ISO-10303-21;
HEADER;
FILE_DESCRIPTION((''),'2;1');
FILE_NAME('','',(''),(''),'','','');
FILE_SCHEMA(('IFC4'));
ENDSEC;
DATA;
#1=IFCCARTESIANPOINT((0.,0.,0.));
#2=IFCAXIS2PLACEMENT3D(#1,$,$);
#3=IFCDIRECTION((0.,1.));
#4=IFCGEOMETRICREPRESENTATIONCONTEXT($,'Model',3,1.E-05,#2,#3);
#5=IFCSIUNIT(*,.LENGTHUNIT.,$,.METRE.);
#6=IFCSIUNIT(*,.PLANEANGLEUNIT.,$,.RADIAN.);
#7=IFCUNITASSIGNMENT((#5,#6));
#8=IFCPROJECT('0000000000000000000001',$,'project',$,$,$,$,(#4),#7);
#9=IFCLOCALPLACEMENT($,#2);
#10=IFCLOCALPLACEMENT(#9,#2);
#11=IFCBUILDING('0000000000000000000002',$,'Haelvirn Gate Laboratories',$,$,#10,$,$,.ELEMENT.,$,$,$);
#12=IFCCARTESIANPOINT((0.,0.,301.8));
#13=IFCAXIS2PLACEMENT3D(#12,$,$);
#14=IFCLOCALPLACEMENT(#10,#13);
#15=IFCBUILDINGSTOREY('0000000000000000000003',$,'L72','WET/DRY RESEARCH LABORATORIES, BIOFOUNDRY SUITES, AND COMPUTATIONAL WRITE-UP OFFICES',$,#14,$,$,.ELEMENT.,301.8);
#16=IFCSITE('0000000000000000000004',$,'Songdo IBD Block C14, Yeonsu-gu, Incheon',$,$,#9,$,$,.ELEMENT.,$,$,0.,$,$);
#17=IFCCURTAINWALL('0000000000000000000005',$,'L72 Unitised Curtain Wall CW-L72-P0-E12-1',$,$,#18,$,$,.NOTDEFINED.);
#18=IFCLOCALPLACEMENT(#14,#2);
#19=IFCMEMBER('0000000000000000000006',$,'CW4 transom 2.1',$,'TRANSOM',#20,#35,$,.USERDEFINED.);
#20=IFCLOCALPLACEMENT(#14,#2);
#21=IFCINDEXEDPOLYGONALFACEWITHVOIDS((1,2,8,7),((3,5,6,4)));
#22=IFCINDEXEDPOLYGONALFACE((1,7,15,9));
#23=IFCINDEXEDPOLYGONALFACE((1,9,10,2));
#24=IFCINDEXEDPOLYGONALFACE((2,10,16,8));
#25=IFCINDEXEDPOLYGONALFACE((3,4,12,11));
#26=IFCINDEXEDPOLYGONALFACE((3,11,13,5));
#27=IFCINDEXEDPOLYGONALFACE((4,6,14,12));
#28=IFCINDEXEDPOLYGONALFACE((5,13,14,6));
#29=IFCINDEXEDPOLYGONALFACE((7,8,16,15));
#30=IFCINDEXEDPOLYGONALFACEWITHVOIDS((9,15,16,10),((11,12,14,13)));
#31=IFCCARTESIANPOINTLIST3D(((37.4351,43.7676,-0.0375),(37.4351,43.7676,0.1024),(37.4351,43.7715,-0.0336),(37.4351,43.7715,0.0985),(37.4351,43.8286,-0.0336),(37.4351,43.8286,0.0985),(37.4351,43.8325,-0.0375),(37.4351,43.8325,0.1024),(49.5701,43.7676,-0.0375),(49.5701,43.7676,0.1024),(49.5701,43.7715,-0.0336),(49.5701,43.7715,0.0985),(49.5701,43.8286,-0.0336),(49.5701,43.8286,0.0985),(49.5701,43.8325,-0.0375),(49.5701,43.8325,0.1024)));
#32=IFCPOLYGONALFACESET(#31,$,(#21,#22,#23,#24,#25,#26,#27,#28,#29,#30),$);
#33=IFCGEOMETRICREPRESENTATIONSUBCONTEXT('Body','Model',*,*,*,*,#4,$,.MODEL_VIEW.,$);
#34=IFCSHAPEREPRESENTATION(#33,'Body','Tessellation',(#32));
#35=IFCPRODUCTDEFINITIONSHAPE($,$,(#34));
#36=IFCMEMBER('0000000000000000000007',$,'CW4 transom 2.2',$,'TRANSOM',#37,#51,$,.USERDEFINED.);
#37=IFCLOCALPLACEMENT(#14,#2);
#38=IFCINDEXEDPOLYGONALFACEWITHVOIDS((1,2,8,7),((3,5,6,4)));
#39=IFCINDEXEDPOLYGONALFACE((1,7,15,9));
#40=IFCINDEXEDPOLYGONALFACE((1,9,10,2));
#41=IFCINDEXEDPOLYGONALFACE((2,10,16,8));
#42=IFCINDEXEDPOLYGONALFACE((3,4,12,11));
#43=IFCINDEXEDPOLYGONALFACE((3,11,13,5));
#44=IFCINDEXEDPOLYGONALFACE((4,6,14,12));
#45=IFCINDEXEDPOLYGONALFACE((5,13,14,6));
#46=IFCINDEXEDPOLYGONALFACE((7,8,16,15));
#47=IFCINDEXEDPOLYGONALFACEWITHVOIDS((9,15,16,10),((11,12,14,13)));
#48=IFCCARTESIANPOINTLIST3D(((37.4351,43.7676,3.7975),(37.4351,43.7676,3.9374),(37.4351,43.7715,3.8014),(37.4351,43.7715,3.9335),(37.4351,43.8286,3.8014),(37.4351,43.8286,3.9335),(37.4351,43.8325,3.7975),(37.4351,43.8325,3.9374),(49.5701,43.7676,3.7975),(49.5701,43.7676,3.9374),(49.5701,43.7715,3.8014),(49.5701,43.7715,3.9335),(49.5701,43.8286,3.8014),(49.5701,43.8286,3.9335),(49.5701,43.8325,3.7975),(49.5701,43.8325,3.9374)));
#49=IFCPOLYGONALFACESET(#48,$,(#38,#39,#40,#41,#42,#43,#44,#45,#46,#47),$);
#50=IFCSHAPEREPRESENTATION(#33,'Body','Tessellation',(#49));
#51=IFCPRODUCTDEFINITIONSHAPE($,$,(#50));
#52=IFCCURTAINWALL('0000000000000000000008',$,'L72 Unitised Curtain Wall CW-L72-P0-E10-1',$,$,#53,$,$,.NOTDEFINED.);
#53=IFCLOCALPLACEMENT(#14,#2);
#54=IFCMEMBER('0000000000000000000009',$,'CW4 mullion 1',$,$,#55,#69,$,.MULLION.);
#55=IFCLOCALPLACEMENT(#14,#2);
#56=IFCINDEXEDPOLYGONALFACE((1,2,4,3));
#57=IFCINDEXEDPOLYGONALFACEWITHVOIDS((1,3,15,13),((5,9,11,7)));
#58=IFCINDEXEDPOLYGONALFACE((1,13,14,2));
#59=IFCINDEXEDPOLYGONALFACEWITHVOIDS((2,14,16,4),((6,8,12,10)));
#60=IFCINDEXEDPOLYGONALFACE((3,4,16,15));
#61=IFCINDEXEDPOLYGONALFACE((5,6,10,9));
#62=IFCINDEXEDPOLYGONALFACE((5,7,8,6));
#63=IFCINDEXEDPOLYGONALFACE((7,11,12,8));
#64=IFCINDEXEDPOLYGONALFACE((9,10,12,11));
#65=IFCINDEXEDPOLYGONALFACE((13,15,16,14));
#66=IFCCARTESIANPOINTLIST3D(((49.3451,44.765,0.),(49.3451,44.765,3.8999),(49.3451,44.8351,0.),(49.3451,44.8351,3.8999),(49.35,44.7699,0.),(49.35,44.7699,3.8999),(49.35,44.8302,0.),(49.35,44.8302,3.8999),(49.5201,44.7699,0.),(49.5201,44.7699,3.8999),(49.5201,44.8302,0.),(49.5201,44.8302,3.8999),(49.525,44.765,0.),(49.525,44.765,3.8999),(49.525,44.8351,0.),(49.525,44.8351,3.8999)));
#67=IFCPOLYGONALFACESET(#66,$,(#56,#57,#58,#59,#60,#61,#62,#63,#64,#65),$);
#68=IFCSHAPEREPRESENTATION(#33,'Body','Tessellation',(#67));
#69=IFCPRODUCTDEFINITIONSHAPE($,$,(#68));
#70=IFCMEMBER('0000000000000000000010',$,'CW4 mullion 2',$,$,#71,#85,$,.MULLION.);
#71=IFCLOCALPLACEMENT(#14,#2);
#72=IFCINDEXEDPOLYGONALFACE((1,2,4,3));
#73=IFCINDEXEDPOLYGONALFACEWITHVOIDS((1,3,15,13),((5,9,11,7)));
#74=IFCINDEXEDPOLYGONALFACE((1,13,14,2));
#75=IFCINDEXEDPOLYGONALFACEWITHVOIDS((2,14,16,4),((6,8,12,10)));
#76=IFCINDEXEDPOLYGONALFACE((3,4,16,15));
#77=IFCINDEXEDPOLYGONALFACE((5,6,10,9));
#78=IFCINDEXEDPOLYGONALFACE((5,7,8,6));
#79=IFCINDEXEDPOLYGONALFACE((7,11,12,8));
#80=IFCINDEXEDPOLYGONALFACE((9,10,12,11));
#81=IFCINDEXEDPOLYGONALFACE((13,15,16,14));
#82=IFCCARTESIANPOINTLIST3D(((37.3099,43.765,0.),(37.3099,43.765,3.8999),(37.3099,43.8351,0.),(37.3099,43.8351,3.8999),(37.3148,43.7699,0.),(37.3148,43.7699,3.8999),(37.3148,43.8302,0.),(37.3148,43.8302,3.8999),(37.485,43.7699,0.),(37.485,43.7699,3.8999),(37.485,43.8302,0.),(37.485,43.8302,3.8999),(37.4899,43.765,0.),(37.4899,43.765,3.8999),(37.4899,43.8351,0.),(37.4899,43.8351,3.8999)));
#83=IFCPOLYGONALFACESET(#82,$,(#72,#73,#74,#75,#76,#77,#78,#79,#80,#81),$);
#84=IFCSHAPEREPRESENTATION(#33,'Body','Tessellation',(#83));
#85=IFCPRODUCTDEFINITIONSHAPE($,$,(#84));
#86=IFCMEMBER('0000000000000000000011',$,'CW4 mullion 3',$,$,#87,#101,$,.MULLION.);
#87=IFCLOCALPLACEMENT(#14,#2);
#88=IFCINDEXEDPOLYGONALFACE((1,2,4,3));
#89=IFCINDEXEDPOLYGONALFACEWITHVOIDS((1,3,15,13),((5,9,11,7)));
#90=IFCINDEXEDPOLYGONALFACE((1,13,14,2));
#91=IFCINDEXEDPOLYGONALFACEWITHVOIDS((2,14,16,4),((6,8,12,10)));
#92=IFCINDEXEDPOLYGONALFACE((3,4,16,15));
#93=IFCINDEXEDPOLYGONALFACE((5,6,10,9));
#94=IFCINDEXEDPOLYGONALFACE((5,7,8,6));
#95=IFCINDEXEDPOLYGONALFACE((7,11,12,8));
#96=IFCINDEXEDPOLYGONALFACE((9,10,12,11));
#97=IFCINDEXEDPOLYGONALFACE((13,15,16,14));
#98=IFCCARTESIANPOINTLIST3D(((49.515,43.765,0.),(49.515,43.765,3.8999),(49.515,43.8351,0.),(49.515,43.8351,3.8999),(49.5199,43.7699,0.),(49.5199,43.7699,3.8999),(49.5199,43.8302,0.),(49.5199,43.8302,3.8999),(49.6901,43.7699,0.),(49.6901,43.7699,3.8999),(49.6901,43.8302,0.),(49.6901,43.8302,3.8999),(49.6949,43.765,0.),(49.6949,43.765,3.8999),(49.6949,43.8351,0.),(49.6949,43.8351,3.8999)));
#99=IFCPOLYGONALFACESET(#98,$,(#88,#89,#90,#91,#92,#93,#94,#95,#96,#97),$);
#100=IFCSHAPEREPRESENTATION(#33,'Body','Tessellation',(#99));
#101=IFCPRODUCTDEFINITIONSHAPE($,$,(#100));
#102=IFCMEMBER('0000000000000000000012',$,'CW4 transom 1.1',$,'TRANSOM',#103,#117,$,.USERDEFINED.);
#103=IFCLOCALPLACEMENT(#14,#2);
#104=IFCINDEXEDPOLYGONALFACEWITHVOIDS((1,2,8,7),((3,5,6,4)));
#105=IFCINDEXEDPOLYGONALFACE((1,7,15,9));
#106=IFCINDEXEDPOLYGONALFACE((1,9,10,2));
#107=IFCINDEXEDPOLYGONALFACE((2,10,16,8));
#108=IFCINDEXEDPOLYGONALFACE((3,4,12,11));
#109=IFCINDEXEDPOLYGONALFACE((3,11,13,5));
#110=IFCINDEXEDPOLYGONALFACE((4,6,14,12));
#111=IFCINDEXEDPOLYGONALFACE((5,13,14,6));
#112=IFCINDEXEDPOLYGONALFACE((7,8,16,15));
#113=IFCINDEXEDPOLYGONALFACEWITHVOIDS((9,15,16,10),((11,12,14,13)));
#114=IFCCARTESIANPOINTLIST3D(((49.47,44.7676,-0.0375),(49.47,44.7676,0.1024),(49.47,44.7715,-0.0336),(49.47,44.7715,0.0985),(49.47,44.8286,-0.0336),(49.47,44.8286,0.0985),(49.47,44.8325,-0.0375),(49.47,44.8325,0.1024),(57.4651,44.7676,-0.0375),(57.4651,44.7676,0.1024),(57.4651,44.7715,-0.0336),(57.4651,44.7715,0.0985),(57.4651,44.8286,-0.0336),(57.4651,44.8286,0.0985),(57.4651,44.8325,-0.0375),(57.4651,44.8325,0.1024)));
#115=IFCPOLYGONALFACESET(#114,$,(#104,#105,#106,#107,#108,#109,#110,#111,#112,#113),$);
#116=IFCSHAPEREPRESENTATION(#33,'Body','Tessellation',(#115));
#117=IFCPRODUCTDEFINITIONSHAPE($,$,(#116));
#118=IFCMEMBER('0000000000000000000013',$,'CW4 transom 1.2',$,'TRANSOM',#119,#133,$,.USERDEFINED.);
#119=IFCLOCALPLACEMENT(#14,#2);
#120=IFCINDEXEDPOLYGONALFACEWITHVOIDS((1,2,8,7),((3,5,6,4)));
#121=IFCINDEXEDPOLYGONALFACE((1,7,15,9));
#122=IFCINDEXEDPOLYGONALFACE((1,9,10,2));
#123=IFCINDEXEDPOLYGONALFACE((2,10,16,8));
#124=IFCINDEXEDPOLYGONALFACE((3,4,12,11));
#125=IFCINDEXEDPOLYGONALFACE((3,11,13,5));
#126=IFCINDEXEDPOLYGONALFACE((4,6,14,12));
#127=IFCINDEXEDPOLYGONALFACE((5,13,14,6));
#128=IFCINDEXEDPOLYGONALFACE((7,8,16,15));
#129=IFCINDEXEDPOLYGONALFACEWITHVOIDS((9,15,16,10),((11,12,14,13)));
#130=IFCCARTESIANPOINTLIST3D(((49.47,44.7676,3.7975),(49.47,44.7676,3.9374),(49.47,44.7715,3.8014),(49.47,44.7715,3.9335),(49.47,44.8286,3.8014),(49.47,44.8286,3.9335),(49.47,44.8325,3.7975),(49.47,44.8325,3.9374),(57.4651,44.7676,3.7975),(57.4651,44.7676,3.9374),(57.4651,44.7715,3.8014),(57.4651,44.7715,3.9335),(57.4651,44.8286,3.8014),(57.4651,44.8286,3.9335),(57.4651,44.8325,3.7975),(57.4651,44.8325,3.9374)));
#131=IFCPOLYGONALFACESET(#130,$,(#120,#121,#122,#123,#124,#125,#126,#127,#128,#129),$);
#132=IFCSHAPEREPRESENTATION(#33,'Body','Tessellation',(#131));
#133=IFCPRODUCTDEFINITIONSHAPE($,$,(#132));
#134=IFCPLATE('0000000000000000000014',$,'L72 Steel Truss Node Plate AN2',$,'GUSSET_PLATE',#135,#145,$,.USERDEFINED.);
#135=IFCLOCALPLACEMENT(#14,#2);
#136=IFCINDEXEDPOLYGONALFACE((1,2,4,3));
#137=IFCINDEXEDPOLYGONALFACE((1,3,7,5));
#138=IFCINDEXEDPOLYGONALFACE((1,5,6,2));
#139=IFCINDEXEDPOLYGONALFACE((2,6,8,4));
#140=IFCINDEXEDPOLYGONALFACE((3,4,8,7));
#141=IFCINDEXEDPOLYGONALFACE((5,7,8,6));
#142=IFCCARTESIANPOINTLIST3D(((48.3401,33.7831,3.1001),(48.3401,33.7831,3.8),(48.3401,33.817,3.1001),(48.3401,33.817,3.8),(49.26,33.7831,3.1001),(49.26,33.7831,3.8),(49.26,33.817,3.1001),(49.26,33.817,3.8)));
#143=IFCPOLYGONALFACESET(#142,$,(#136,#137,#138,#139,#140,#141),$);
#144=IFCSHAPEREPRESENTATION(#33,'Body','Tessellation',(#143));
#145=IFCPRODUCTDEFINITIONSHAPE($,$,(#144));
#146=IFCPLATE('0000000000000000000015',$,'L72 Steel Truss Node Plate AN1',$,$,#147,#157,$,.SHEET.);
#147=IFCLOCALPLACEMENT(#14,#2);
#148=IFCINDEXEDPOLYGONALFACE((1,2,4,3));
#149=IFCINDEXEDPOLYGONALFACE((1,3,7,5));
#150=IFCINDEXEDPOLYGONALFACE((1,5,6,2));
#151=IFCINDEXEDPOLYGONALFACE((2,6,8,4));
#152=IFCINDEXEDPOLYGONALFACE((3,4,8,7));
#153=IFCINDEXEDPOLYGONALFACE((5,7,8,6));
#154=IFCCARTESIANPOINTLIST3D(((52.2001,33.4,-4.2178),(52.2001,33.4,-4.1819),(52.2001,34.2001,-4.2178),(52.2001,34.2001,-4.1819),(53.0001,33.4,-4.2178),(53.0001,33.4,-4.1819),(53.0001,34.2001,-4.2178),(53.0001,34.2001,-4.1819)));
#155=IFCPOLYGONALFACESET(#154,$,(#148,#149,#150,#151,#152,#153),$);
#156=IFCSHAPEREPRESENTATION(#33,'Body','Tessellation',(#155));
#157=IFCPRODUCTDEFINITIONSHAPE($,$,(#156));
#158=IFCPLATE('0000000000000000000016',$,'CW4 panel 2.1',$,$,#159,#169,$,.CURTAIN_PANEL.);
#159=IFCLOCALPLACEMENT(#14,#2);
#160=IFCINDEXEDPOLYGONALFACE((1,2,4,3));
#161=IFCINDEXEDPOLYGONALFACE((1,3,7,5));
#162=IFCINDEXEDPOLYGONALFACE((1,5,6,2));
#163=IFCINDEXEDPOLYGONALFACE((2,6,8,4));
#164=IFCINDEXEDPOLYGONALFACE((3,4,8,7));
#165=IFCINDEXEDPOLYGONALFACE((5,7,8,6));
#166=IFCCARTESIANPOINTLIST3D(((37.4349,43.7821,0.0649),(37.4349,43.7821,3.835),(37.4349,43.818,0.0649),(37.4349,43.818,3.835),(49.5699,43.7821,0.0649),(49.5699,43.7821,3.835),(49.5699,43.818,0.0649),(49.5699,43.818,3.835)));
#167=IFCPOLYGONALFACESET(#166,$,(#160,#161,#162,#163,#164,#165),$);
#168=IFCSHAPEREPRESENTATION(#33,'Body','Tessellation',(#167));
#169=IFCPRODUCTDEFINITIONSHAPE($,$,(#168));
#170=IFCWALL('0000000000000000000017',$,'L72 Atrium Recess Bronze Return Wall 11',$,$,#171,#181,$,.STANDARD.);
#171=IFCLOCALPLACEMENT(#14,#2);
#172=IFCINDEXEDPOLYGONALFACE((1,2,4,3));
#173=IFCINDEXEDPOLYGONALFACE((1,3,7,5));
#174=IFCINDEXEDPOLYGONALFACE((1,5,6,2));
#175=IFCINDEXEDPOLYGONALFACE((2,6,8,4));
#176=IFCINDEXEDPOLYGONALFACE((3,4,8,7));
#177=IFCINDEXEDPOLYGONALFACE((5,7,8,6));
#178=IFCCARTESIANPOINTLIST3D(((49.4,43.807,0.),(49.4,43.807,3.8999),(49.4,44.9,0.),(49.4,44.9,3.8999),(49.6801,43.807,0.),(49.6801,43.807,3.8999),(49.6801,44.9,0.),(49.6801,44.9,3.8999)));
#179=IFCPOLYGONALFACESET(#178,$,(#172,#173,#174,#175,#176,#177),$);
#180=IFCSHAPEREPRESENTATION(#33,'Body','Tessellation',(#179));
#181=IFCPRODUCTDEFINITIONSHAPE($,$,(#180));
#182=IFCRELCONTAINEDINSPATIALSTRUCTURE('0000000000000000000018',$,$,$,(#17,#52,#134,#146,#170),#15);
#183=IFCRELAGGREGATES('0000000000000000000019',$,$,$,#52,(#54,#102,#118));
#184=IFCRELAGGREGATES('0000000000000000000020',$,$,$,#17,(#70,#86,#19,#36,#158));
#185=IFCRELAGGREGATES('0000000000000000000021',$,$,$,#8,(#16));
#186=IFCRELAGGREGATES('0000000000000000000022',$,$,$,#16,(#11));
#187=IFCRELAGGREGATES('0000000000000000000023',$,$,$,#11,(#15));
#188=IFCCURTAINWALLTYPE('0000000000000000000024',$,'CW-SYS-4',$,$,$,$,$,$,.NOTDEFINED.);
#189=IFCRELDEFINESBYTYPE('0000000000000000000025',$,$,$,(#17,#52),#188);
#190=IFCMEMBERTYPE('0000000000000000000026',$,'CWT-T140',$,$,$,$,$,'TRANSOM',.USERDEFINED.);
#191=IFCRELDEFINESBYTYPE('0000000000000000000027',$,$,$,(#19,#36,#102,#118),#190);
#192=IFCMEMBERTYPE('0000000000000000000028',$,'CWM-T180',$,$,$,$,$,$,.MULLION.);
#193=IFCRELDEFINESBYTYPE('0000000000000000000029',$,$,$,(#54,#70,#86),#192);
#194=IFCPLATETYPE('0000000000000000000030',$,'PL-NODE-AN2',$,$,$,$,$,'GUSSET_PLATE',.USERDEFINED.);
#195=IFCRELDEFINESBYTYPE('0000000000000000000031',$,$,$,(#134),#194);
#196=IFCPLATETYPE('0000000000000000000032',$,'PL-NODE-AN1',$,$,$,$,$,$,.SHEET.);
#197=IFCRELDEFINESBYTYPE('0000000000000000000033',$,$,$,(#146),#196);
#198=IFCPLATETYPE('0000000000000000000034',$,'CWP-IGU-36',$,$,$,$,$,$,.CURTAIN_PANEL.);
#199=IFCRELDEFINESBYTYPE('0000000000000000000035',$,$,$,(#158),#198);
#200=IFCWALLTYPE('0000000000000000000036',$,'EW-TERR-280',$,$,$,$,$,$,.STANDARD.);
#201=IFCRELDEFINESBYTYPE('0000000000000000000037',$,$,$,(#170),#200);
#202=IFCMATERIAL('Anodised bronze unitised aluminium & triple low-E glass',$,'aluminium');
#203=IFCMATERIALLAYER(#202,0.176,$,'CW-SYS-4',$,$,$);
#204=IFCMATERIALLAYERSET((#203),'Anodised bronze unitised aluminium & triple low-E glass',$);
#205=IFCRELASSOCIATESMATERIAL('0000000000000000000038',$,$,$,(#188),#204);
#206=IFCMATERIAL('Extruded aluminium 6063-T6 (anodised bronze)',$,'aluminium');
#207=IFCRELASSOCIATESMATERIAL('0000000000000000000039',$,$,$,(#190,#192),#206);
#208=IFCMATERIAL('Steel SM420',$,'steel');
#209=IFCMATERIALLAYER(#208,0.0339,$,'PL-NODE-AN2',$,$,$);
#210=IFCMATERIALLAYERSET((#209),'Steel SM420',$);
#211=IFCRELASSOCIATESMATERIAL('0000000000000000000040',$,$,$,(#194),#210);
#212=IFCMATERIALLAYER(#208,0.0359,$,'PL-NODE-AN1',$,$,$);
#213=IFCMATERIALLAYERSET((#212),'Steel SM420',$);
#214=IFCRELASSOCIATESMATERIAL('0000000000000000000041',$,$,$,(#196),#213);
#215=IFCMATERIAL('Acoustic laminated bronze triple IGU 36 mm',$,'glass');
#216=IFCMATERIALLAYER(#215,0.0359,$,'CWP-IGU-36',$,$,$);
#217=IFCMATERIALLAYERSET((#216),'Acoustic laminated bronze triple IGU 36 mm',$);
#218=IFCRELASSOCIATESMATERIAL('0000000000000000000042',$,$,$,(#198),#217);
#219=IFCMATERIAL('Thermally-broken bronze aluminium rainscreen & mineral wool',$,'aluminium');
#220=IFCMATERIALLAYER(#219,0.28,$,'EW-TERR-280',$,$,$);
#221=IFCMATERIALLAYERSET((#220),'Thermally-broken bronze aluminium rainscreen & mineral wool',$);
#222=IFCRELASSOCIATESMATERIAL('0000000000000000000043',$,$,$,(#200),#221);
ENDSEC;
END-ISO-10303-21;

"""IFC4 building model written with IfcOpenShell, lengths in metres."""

from ifc_helpers import new_model, si_unit, direction, frame, frame_2d, origin, origin_2d, place, context, subcontext, project, spatial, rectangle, hollow_rectangle, extrude, source, transform, mapped, material, layer, layer_set, material_profile, profile_set, type_object, type_shapes, element, aggregate, save


model = new_model("IFC4")

# Units and contexts
model_context = context("Model", 3, precision=1e-05, world=origin(), true_north=direction((0.0, 1.0)))
body_context = subcontext(model_context, "Body", "Model", "MODEL_VIEW")
ifc_project = project(units=[si_unit("LENGTHUNIT", "METRE"), si_unit("PLANEANGLEUNIT", "RADIAN")], contexts=[model_context])

# Site, building, storey
site_placement = place(None, origin())
site = spatial("IfcSite", under=ifc_project, at=site_placement, Name="Songdo IBD Block C14, Yeonsu-gu, Incheon", CompositionType="ELEMENT", RefElevation=0.0)
building_placement = place(site_placement, origin())
building = spatial("IfcBuilding", under=site, at=building_placement, Name="Haelvirn Gate Laboratories", CompositionType="ELEMENT")
storey_placement = place(building_placement, frame((0.0, 0.0, 301.8)))
storey = spatial("IfcBuildingStorey", under=building, at=storey_placement, Name="L72", Description="WET/DRY RESEARCH LABORATORIES, BIOFOUNDRY SUITES, AND COMPUTATIONAL WRITE-UP OFFICES", CompositionType="ELEMENT", Elevation=301.8)

# Shared definitions
ifc_material_1 = material(Name="Steel SM420", Category="steel")

# Curtain wall, members
ifc_material_2 = material(Name="Anodised bronze unitised aluminium & triple low-E glass", Category="aluminium")
ifc_layer_1 = layer(ifc_material_2, 0.176, Name="CW-SYS-4")
ifc_layer_set_1 = layer_set([ifc_layer_1], Name="Anodised bronze unitised aluminium & triple low-E glass")
curtain_wall_type = type_object("IfcCurtainWallType", Name="CW-SYS-4", PredefinedType="NOTDEFINED", material=ifc_layer_set_1)
curtain_wall_1_placement = place(storey_placement, origin())
curtain_wall_1 = element("IfcCurtainWall", 1, at=curtain_wall_1_placement, inside=storey, type_object=curtain_wall_type, Name="L72 Unitised Curtain Wall CW-L72-P0-E12-1", PredefinedType="NOTDEFINED")
ifc_material_3 = material(Name="Extruded aluminium 6063-T6 (anodised bronze)", Category="aluminium")
ifc_material_profile_1 = material_profile(ifc_material_3, hollow_rectangle(XDim=0.0649, YDim=0.1399, WallThickness=0.0039, at=origin_2d()), Name="CWT-140x65x4")
ifc_profile_set_1 = profile_set([ifc_material_profile_1], Name="Extruded aluminium 6063-T6 (anodised bronze)")
member_type_1 = type_object("IfcMemberType", Name="CWT-T140", ElementType="TRANSOM", PredefinedType="USERDEFINED", material=ifc_profile_set_1)
shared_shape_1 = source(origin(), body_context, "Body", "SweptSolid", [
    extrude(hollow_rectangle(XDim=0.0649, YDim=0.1399, WallThickness=0.0039, at=origin_2d()), origin(), (0.0, 0.0, 1.0), 12.135),
])
member_1_placement = place(storey_placement, frame((37.4351, 43.8, 0.0325), z_axis=(1.0, 0.0, 0.0), x_axis=(0.0, 1.0, 0.0)))
member_1 = element("IfcMember", 2, at=member_1_placement, type_object=member_type_1, Name="CW4 transom 2.1", ObjectType="TRANSOM", PredefinedType="USERDEFINED", context=body_context, shape_type="MappedRepresentation", body=[
    mapped(shared_shape_1, transform((0.0, 0.0, 0.0), scale=1.0)),
])
member_2_placement = place(storey_placement, frame((37.4351, 43.8, 3.8674), z_axis=(1.0, 0.0, 0.0), x_axis=(0.0, 1.0, 0.0)))
member_2 = element("IfcMember", 3, at=member_2_placement, type_object=member_type_1, Name="CW4 transom 2.2", ObjectType="TRANSOM", PredefinedType="USERDEFINED", context=body_context, shape_type="MappedRepresentation", body=[
    mapped(shared_shape_1, transform((0.0, 0.0, 0.0), scale=1.0)),
])

# Curtain wall, member
curtain_wall_2_placement = place(storey_placement, origin())
curtain_wall_2 = element("IfcCurtainWall", 4, at=curtain_wall_2_placement, inside=storey, type_object=curtain_wall_type, Name="L72 Unitised Curtain Wall CW-L72-P0-E10-1", PredefinedType="NOTDEFINED")
ifc_material_profile_2 = material_profile(ifc_material_3, hollow_rectangle(XDim=0.0701, YDim=0.1799, WallThickness=0.0049, at=origin_2d()), Name="CWM-180x70x5")
ifc_profile_set_2 = profile_set([ifc_material_profile_2], Name="Extruded aluminium 6063-T6 (anodised bronze)")
member_type_2 = type_object("IfcMemberType", Name="CWM-T180", PredefinedType="MULLION", material=ifc_profile_set_2)
shared_shape_2 = source(origin(), body_context, "Body", "SweptSolid", [
    extrude(hollow_rectangle(XDim=0.0701, YDim=0.1799, WallThickness=0.0049, at=origin_2d()), origin(), (0.0, 0.0, 1.0), 3.8999),
])
type_shapes(member_type_2, [shared_shape_2])
member_3_placement = place(storey_placement, frame((49.4351, 44.8, 0.0), z_axis=(0.0, 0.0, 1.0), x_axis=(0.0, 1.0, 0.0)))
member_3 = element("IfcMember", 5, at=member_3_placement, type_object=member_type_2, Name="CW4 mullion 1", PredefinedType="MULLION", context=body_context, shape_type="MappedRepresentation", body=[
    mapped(shared_shape_2, transform((0.0, 0.0, 0.0), scale=1.0)),
])

# Members
member_4_placement = place(storey_placement, frame((37.3999, 43.8, 0.0), z_axis=(0.0, 0.0, 1.0), x_axis=(0.0, 1.0, 0.0)))
member_4 = element("IfcMember", 6, at=member_4_placement, type_object=member_type_2, Name="CW4 mullion 2", PredefinedType="MULLION", context=body_context, shape_type="MappedRepresentation", body=[
    mapped(shared_shape_2, transform((0.0, 0.0, 0.0), scale=1.0)),
])
member_5_placement = place(storey_placement, frame((49.605, 43.8, 0.0), z_axis=(0.0, 0.0, 1.0), x_axis=(0.0, 1.0, 0.0)))
member_5 = element("IfcMember", 7, at=member_5_placement, type_object=member_type_2, Name="CW4 mullion 3", PredefinedType="MULLION", context=body_context, shape_type="MappedRepresentation", body=[
    mapped(shared_shape_2, transform((0.0, 0.0, 0.0), scale=1.0)),
])
shared_shape_3 = source(origin(), body_context, "Body", "SweptSolid", [
    extrude(hollow_rectangle(XDim=0.0649, YDim=0.1399, WallThickness=0.0039, at=origin_2d()), origin(), (0.0, 0.0, 1.0), 7.9951),
])
type_shapes(member_type_1, [shared_shape_1, shared_shape_3])
member_6_placement = place(storey_placement, frame((49.47, 44.8, 0.0325), z_axis=(1.0, 0.0, 0.0), x_axis=(0.0, 1.0, 0.0)))
member_6 = element("IfcMember", 8, at=member_6_placement, type_object=member_type_1, Name="CW4 transom 1.1", ObjectType="TRANSOM", PredefinedType="USERDEFINED", context=body_context, shape_type="MappedRepresentation", body=[
    mapped(shared_shape_3, transform((0.0, 0.0, 0.0), scale=1.0)),
])
member_7_placement = place(storey_placement, frame((49.47, 44.8, 3.8674), z_axis=(1.0, 0.0, 0.0), x_axis=(0.0, 1.0, 0.0)))
member_7 = element("IfcMember", 9, at=member_7_placement, type_object=member_type_1, Name="CW4 transom 1.2", ObjectType="TRANSOM", PredefinedType="USERDEFINED", context=body_context, shape_type="MappedRepresentation", body=[
    mapped(shared_shape_3, transform((0.0, 0.0, 0.0), scale=1.0)),
])
aggregate(curtain_wall_2, [member_3, member_6, member_7])

# Plates
ifc_layer_2 = layer(ifc_material_1, 0.0339, Name="PL-NODE-AN2")
ifc_layer_set_2 = layer_set([ifc_layer_2], Name="Steel SM420")
plate_type_1 = type_object("IfcPlateType", Name="PL-NODE-AN2", ElementType="GUSSET_PLATE", PredefinedType="USERDEFINED", material=ifc_layer_set_2)
shared_shape_4 = source(origin(), body_context, "Body", "SweptSolid", [
    extrude(rectangle(XDim=0.9199, YDim=0.0339, at=origin_2d()), origin(), (0.0, 0.0, 1.0), 0.7),
])
type_shapes(plate_type_1, [shared_shape_4])
plate_1_placement = place(storey_placement, frame((48.8, 33.8, 3.1001), z_axis=(0.0, 0.0, 1.0), x_axis=(1.0, 0.0, 0.0)))
element("IfcPlate", 10, at=plate_1_placement, inside=storey, type_object=plate_type_1, Name="L72 Steel Truss Node Plate AN2", ObjectType="GUSSET_PLATE", PredefinedType="USERDEFINED", context=body_context, shape_type="MappedRepresentation", body=[
    mapped(shared_shape_4, transform((0.0, 0.0, 0.0), scale=1.0)),
])
ifc_layer_3 = layer(ifc_material_1, 0.0359, Name="PL-NODE-AN1")
ifc_layer_set_3 = layer_set([ifc_layer_3], Name="Steel SM420")
plate_type_2 = type_object("IfcPlateType", Name="PL-NODE-AN1", PredefinedType="SHEET", material=ifc_layer_set_3)
shared_shape_5 = source(origin(), body_context, "Body", "SweptSolid", [
    extrude(rectangle(XDim=0.8, YDim=0.8, at=origin_2d()), origin(), (0.0, 0.0, 1.0), 0.0359),
])
type_shapes(plate_type_2, [shared_shape_5])
plate_2_placement = place(storey_placement, frame((52.6001, 33.8, -4.2178), z_axis=(0.0, 0.0, 1.0), x_axis=(1.0, 0.0, 0.0)))
element("IfcPlate", 11, at=plate_2_placement, inside=storey, type_object=plate_type_2, Name="L72 Steel Truss Node Plate AN1", PredefinedType="SHEET", context=body_context, shape_type="MappedRepresentation", body=[
    mapped(shared_shape_5, transform((0.0, 0.0, 0.0), scale=1.0)),
])

# Plate
ifc_material_4 = material(Name="Acoustic laminated bronze triple IGU 36 mm", Category="glass")
ifc_layer_4 = layer(ifc_material_4, 0.0359, Name="CWP-IGU-36")
ifc_layer_set_4 = layer_set([ifc_layer_4], Name="Acoustic laminated bronze triple IGU 36 mm")
plate_type_3 = type_object("IfcPlateType", Name="CWP-IGU-36", PredefinedType="CURTAIN_PANEL", material=ifc_layer_set_4)
shared_shape_6 = source(origin(), body_context, "Body", "SweptSolid", [
    extrude(rectangle(XDim=12.135, YDim=0.0359, at=origin_2d()), origin(), (0.0, 0.0, 1.0), 3.77),
])
type_shapes(plate_type_3, [shared_shape_6])
plate_3_placement = place(storey_placement, frame((43.5024, 43.8, 0.0649), z_axis=(0.0, 0.0, 1.0), x_axis=(1.0, 0.0, 0.0)))
plate_3 = element("IfcPlate", 12, at=plate_3_placement, type_object=plate_type_3, Name="CW4 panel 2.1", PredefinedType="CURTAIN_PANEL", context=body_context, shape_type="MappedRepresentation", body=[
    mapped(shared_shape_6, transform((0.0, 0.0, 0.0), scale=1.0)),
])
aggregate(curtain_wall_1, [member_4, member_5, member_1, member_2, plate_3])

# Wall
ifc_material_5 = material(Name="Thermally-broken bronze aluminium rainscreen & mineral wool", Category="aluminium")
ifc_layer_5 = layer(ifc_material_5, 0.28, Name="EW-TERR-280")
ifc_layer_set_5 = layer_set([ifc_layer_5], Name="Thermally-broken bronze aluminium rainscreen & mineral wool")
wall_type_1 = type_object("IfcWallType", Name="EW-TERR-280", PredefinedType="STANDARD", material=ifc_layer_set_5)
wall_1_placement = place(storey_placement, frame((49.54, 44.8999, 0.0), z_axis=(0.0, 0.0, 1.0), x_axis=(0.0, -1.0, 0.0)))
element("IfcWall", 13, at=wall_1_placement, inside=storey, type_object=wall_type_1, Name="L72 Atrium Recess Bronze Return Wall 11", PredefinedType="STANDARD", context=body_context, shape_type="SweptSolid", body=[
    extrude(rectangle(XDim=1.093, YDim=0.28, at=frame_2d((0.5464, 0.0))), origin(), (0.0, 0.0, 1.0), 3.8999),
])

save(model, "model.ifc")
